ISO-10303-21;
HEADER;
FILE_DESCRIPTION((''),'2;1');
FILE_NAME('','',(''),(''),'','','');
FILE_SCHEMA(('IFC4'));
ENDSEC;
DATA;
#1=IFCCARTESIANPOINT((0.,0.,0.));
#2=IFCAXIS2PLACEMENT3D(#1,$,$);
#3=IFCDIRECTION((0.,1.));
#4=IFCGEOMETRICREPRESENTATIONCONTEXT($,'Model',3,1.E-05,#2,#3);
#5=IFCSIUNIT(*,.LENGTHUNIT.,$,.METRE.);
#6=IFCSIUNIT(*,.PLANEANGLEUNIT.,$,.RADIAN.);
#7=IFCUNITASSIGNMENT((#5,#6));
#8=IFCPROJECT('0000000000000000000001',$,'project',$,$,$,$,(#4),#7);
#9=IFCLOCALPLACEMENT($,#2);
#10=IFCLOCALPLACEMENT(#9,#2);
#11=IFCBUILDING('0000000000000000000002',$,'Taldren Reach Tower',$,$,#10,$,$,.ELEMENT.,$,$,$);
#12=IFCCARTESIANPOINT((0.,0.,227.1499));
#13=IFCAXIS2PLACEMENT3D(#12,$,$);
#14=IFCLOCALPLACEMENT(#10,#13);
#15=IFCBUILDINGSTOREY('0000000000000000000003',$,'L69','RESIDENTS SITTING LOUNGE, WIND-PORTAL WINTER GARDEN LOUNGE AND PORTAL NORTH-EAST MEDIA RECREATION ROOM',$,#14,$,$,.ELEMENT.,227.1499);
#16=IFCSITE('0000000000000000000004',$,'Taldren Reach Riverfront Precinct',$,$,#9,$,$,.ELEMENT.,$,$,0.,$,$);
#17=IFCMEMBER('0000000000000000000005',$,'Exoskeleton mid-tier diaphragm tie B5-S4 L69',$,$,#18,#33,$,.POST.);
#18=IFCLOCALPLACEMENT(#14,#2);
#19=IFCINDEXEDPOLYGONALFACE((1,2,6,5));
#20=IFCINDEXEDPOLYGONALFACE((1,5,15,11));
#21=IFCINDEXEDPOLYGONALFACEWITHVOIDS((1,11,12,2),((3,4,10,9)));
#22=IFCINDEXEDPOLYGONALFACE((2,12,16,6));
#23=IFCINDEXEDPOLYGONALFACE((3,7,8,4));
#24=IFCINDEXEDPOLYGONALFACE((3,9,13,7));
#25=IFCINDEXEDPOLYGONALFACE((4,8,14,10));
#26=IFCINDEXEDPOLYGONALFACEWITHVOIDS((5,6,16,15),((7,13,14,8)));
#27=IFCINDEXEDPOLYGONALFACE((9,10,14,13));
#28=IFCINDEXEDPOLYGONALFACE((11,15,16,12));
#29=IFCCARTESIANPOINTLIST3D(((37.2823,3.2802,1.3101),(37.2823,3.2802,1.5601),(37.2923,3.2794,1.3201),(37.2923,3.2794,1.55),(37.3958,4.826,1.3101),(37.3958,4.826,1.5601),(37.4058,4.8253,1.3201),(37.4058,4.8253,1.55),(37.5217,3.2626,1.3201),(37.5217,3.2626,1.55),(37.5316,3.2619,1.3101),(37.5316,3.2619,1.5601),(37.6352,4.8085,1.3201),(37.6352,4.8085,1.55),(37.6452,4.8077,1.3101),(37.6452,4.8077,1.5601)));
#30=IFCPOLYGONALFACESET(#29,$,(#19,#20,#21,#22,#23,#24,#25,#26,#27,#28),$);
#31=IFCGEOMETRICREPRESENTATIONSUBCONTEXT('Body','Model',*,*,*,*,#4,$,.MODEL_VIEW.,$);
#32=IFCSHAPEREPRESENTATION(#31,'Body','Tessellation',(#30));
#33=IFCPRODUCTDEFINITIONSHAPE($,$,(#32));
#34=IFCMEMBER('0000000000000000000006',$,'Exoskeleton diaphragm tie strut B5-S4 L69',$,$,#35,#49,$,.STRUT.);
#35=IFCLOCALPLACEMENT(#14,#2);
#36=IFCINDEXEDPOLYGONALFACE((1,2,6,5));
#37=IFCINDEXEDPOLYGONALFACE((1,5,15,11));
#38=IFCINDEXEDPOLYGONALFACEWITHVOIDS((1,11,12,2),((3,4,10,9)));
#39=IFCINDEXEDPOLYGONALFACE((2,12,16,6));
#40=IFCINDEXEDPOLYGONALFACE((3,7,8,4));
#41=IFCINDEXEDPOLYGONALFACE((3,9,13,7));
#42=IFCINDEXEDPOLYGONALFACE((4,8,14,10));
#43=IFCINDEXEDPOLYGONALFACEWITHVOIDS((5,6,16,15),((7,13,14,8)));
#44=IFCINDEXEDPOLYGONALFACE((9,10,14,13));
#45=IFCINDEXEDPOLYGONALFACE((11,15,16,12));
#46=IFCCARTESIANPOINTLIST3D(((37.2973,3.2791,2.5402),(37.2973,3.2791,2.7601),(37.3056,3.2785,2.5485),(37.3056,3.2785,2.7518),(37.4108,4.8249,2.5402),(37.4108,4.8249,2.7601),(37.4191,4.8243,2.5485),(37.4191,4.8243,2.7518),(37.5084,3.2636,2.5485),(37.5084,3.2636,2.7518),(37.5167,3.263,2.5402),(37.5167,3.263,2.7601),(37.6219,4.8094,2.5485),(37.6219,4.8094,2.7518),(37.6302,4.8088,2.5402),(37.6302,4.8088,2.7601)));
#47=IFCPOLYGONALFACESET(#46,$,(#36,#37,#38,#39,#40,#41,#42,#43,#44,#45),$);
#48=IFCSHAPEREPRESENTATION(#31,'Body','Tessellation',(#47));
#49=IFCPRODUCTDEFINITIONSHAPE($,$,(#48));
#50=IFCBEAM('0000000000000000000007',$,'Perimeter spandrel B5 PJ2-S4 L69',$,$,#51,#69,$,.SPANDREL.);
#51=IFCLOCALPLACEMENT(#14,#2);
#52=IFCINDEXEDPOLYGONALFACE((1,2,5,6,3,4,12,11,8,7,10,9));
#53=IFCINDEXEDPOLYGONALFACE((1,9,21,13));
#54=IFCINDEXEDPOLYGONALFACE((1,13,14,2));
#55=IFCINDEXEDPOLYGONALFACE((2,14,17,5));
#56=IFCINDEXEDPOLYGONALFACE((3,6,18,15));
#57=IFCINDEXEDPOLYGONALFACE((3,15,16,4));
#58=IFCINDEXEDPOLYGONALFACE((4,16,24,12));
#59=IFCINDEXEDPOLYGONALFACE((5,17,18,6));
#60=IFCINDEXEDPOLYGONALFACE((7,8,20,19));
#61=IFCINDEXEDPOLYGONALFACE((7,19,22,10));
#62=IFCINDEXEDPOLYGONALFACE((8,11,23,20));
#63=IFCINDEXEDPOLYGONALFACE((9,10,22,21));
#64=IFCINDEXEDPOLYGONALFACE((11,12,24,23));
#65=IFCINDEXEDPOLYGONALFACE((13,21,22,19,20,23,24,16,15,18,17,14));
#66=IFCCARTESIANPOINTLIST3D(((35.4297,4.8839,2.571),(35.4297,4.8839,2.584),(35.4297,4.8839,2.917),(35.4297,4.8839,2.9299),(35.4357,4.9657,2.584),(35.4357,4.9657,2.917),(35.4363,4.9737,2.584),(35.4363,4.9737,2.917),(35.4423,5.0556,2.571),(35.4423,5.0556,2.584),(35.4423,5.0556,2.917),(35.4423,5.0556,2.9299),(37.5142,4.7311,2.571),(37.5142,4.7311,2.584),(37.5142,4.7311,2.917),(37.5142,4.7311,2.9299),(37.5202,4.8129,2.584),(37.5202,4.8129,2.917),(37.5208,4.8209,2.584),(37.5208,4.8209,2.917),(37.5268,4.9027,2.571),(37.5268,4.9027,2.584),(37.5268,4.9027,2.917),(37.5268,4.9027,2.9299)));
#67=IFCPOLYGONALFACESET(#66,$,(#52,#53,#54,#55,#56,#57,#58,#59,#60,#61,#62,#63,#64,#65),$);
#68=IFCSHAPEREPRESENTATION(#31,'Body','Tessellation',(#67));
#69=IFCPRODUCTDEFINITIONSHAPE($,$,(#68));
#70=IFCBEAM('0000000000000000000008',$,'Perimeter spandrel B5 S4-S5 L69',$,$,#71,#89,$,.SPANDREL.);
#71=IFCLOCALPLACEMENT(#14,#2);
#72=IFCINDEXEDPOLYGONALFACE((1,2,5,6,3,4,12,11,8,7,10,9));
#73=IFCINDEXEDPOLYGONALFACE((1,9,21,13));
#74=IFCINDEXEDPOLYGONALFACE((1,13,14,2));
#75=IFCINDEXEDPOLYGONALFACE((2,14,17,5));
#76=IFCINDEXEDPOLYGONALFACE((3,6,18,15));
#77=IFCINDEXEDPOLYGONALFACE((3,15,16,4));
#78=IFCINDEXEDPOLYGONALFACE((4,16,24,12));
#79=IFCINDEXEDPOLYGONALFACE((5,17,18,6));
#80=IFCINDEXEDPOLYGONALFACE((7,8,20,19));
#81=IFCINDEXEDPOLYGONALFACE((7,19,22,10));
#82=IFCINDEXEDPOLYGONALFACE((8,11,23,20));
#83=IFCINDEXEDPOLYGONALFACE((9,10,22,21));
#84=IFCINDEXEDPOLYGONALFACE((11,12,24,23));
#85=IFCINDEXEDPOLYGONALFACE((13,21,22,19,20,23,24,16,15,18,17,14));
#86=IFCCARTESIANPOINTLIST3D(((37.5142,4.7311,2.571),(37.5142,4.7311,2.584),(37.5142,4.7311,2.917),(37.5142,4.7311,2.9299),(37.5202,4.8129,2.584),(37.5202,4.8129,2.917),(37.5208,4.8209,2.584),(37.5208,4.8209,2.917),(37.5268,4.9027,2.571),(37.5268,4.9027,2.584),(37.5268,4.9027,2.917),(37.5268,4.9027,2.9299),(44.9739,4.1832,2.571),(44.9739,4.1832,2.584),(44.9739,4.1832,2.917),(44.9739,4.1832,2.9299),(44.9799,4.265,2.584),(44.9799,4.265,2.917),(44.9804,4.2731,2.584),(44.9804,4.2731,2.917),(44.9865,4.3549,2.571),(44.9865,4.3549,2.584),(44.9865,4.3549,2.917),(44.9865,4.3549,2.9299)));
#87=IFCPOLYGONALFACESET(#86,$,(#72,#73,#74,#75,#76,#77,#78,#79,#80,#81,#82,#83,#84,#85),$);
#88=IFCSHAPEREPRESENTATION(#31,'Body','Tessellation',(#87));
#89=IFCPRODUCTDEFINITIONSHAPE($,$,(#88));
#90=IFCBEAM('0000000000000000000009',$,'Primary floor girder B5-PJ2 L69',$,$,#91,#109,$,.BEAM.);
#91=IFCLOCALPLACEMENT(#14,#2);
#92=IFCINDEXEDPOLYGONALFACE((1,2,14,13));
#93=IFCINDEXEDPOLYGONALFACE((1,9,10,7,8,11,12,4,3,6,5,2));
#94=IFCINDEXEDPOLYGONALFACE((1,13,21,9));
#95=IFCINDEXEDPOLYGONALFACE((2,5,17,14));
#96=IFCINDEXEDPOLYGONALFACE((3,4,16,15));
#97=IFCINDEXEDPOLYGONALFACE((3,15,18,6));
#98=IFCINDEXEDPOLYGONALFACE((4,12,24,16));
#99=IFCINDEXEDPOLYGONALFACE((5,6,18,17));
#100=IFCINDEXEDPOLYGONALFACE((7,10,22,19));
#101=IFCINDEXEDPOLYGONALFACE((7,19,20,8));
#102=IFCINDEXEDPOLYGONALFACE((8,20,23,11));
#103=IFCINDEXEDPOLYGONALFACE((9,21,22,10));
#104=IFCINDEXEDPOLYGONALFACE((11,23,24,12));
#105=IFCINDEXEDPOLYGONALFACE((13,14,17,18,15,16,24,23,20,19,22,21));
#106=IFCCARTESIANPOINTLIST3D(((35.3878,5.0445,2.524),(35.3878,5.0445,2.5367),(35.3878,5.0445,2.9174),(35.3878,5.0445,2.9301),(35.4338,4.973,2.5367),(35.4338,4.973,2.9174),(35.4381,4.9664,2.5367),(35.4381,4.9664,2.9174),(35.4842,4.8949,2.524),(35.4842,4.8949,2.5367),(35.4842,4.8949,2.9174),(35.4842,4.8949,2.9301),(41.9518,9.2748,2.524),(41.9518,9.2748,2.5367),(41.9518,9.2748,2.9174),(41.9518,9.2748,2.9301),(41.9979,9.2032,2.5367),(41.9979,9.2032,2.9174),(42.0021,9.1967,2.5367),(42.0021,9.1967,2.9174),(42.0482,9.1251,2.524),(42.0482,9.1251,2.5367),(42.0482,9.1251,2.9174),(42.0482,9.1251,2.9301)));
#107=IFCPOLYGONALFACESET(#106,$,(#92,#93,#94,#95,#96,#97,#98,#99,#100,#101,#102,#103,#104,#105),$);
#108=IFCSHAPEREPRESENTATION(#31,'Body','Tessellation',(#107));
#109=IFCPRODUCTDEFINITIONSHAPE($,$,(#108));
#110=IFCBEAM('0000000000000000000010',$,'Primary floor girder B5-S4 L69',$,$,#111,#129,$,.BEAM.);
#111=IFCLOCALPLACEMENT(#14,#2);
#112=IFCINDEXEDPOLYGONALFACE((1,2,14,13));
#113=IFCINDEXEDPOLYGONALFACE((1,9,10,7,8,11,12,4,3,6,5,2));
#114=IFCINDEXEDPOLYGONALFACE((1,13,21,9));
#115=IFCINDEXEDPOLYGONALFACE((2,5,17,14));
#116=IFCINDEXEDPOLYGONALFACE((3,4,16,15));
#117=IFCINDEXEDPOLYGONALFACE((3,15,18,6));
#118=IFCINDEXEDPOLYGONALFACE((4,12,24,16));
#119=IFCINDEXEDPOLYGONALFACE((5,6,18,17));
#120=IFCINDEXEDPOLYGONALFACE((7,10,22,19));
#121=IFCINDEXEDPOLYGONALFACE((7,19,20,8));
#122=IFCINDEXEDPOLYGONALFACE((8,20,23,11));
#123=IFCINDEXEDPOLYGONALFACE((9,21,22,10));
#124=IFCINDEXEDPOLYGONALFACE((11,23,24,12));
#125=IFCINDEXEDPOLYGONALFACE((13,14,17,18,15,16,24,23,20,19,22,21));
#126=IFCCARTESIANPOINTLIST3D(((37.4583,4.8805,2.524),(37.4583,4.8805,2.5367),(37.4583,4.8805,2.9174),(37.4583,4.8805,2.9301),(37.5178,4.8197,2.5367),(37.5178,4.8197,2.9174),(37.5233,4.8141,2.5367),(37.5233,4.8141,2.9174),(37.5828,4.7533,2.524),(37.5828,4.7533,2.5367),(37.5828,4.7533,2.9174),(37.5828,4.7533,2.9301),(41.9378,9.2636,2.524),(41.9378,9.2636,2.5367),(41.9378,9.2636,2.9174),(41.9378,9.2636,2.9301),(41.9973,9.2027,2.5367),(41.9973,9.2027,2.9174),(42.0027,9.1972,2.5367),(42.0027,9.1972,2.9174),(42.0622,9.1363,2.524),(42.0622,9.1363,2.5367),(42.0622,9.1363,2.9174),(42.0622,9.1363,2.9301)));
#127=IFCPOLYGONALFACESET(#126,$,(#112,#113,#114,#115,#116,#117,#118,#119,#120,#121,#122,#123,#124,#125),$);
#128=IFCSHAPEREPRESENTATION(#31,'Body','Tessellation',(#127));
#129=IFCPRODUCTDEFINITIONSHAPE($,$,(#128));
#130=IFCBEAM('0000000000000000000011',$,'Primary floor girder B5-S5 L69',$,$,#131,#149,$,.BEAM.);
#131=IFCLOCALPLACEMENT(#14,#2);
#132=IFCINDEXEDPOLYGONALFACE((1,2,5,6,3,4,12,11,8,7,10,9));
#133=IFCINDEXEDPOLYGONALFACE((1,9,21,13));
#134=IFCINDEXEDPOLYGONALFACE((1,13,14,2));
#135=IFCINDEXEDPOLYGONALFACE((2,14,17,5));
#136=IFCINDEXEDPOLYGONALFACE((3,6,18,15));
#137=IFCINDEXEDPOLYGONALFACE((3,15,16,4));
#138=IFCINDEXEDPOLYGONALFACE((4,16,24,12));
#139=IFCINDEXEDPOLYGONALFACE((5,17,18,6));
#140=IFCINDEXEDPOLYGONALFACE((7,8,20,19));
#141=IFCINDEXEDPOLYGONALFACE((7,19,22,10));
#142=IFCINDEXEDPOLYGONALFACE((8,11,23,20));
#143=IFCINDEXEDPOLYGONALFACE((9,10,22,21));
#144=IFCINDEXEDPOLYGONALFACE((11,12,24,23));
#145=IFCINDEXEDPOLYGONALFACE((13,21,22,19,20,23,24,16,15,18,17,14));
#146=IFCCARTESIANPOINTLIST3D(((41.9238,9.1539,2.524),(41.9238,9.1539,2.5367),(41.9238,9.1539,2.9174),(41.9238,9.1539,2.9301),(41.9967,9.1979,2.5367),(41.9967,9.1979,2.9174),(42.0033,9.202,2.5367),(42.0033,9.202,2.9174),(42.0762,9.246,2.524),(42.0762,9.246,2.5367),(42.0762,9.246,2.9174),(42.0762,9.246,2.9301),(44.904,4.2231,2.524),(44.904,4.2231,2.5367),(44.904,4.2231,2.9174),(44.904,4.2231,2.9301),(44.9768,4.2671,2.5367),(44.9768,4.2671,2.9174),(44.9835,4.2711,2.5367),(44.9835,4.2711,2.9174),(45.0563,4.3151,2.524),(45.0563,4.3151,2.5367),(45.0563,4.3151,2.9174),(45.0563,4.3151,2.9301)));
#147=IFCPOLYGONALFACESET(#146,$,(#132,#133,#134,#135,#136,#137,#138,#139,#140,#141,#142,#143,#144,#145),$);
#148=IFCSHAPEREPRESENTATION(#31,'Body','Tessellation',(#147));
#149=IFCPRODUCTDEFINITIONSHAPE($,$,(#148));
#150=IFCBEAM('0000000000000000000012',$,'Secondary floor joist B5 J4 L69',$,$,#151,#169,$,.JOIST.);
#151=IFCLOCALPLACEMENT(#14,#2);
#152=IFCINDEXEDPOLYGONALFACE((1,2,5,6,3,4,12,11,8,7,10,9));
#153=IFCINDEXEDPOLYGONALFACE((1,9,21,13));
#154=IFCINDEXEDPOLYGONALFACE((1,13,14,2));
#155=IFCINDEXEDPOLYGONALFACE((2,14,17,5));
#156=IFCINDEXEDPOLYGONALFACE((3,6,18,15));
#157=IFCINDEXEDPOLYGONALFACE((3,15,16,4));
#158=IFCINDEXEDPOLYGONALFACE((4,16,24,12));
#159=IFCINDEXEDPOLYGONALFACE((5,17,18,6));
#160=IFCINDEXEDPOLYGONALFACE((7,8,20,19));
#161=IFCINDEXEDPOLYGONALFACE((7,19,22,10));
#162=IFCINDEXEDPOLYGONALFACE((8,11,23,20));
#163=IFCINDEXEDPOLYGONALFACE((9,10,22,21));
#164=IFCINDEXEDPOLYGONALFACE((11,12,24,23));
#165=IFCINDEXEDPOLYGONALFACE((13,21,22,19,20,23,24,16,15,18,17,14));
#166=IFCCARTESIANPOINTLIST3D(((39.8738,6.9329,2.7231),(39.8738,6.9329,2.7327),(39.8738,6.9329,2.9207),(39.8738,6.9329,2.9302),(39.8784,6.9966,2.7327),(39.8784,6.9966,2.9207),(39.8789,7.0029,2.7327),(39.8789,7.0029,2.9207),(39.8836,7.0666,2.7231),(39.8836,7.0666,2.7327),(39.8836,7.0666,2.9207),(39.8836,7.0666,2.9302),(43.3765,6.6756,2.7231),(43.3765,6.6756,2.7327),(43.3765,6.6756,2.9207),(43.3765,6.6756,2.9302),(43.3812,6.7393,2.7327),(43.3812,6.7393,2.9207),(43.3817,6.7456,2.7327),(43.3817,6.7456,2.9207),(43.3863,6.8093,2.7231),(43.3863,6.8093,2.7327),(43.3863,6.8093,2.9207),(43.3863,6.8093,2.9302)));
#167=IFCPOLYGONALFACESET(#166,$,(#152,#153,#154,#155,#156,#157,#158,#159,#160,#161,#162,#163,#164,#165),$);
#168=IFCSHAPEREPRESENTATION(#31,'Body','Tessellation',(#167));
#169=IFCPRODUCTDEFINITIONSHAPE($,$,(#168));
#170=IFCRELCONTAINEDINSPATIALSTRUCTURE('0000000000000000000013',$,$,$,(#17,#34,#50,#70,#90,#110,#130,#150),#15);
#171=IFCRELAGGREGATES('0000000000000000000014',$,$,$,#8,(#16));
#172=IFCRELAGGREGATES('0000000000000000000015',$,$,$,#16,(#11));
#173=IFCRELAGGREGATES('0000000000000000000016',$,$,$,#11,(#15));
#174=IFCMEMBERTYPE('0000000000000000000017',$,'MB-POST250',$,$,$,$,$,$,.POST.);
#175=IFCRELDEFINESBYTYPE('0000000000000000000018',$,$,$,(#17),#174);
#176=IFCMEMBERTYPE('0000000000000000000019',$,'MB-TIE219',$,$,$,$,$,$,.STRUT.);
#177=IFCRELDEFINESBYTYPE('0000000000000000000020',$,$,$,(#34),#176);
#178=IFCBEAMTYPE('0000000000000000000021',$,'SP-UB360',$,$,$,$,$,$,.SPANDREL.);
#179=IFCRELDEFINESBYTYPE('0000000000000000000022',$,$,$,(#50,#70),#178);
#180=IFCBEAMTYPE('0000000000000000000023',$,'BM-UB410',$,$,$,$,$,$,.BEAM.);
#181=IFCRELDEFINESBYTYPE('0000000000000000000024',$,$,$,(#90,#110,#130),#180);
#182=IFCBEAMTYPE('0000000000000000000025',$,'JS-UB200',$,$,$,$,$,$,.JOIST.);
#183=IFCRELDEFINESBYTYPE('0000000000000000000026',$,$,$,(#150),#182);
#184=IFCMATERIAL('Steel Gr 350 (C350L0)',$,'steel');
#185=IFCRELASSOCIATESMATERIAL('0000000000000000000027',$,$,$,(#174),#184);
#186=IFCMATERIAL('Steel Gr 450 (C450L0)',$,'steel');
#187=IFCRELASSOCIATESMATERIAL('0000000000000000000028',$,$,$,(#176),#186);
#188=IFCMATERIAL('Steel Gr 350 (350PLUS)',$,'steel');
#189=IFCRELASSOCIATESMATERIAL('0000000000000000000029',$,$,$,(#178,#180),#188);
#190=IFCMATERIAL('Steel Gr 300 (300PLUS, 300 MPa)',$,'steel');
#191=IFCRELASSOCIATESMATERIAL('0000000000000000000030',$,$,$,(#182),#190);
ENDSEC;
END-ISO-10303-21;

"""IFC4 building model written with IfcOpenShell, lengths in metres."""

from ifc_helpers import new_model, si_unit, direction, frame, origin, origin_2d, place, context, subcontext, project, spatial, hollow_rectangle, i_section, extrude, source, transform, mapped, material, material_profile, profile_set, type_object, element, save


model = new_model("IFC4")

# Units and contexts
model_context = context("Model", 3, precision=1e-05, world=origin(), true_north=direction((0.0, 1.0)))
body_context = subcontext(model_context, "Body", "Model", "MODEL_VIEW")
ifc_project = project(units=[si_unit("LENGTHUNIT", "METRE"), si_unit("PLANEANGLEUNIT", "RADIAN")], contexts=[model_context])

# Site, building, storey
site_placement = place(None, origin())
site = spatial("IfcSite", under=ifc_project, at=site_placement, Name="Taldren Reach Riverfront Precinct", CompositionType="ELEMENT", RefElevation=0.0)
building_placement = place(site_placement, origin())
building = spatial("IfcBuilding", under=site, at=building_placement, Name="Taldren Reach Tower", CompositionType="ELEMENT")
storey_placement = place(building_placement, frame((0.0, 0.0, 227.1499)))
storey = spatial("IfcBuildingStorey", under=building, at=storey_placement, Name="L69", Description="RESIDENTS SITTING LOUNGE, WIND-PORTAL WINTER GARDEN LOUNGE AND PORTAL NORTH-EAST MEDIA RECREATION ROOM", CompositionType="ELEMENT", Elevation=227.1499)

# Shared definitions
ifc_material_1 = material(Name="Steel Gr 350 (350PLUS)", Category="steel")
ifc_material_2 = material(Name="Steel Gr 450 (C450L0)", Category="steel")
ifc_material_3 = material(Name="Steel Gr 350 (C350L0)", Category="steel")

# Members
ifc_material_profile_1 = material_profile(ifc_material_3, hollow_rectangle(XDim=0.25, YDim=0.25, WallThickness=0.01, at=origin_2d()), Name="250x250x10.0SHS")
ifc_profile_set_1 = profile_set([ifc_material_profile_1], Name="Steel Gr 350 (C350L0)")
member_type_1 = type_object("IfcMemberType", Name="MB-POST250", PredefinedType="POST", material=ifc_profile_set_1)
shared_shape_1 = source(origin(), body_context, "Body", "SweptSolid", [
    extrude(hollow_rectangle(XDim=0.25, YDim=0.25, WallThickness=0.01, at=origin_2d()), origin(), (0.0, 0.0, 1.0), 1.55),
])
for number, where, z_axis, x_axis, name in (
    (1, (37.5205, 4.8169, 1.4351), (-0.073239, -0.997314, 0.0), (0.997314, -0.073239, 0.0), "Exoskeleton mid-tier diaphragm tie B5-S4 L69"),
):
    element("IfcMember", number, at=place(storey_placement, frame(where, z_axis=z_axis, x_axis=x_axis)), inside=storey, type_object=member_type_1, Name=name, PredefinedType="POST", context=body_context, shape_type="MappedRepresentation", body=[
        mapped(shared_shape_1, transform((0.0, 0.0, 0.0), scale=1.0)),
    ])
ifc_material_profile_2 = material_profile(ifc_material_2, hollow_rectangle(XDim=0.22, YDim=0.22, WallThickness=0.0083, at=origin_2d()), Name="220x220x8.2SHS")
ifc_profile_set_2 = profile_set([ifc_material_profile_2], Name="Steel Gr 450 (C450L0)")
member_type_2 = type_object("IfcMemberType", Name="MB-TIE219", PredefinedType="STRUT", material=ifc_profile_set_2)
shared_shape_2 = source(origin(), body_context, "Body", "SweptSolid", [
    extrude(hollow_rectangle(XDim=0.22, YDim=0.22, WallThickness=0.0083, at=origin_2d()), origin(), (0.0, 0.0, 1.0), 1.55),
])
member_1_placement = place(storey_placement, frame((37.5205, 4.8169, 2.6501), z_axis=(-0.073239, -0.997314, 0.0), x_axis=(0.997314, -0.073239, 0.0)))
element("IfcMember", 2, at=member_1_placement, inside=storey, type_object=member_type_2, Name="Exoskeleton diaphragm tie strut B5-S4 L69", PredefinedType="STRUT", context=body_context, shape_type="MappedRepresentation", body=[
    mapped(shared_shape_2, transform((0.0, 0.0, 0.0), scale=1.0)),
])

# Beams
ifc_material_profile_3 = material_profile(ifc_material_1, i_section(OverallWidth=0.1721, OverallDepth=0.3589, WebThickness=0.0081, FlangeThickness=0.0129, at=origin_2d()), Name="360UB56.7")
ifc_profile_set_3 = profile_set([ifc_material_profile_3], Name="Steel Gr 350 (350PLUS)")
beam_type_1 = type_object("IfcBeamType", Name="SP-UB360", PredefinedType="SPANDREL", material=ifc_profile_set_3)
shared_shape_3 = source(origin(), body_context, "Body", "SweptSolid", [
    extrude(i_section(OverallWidth=0.1721, OverallDepth=0.3589, WebThickness=0.0081, FlangeThickness=0.0129, at=origin_2d()), origin(), (0.0, 0.0, 1.0), 2.0901),
])
beam_1_placement = place(storey_placement, frame((35.436, 4.9697, 2.7505), z_axis=(0.997323, -0.073123, 0.0), x_axis=(0.073123, 0.997323, 0.0)))
element("IfcBeam", 3, at=beam_1_placement, inside=storey, type_object=beam_type_1, Name="Perimeter spandrel B5 PJ2-S4 L69", PredefinedType="SPANDREL", context=body_context, shape_type="MappedRepresentation", body=[
    mapped(shared_shape_3, transform((0.0, 0.0, 0.0), scale=1.0)),
])
shared_shape_4 = source(origin(), body_context, "Body", "SweptSolid", [
    extrude(i_section(OverallWidth=0.1721, OverallDepth=0.3589, WebThickness=0.0081, FlangeThickness=0.0129, at=origin_2d()), origin(), (0.0, 0.0, 1.0), 7.4797),
])
beam_2_placement = place(storey_placement, frame((37.5205, 4.8169, 2.7505), z_axis=(0.997314, -0.073244, 0.0), x_axis=(0.073244, 0.997314, 0.0)))
element("IfcBeam", 4, at=beam_2_placement, inside=storey, type_object=beam_type_1, Name="Perimeter spandrel B5 S4-S5 L69", PredefinedType="SPANDREL", context=body_context, shape_type="MappedRepresentation", body=[
    mapped(shared_shape_4, transform((0.0, 0.0, 0.0), scale=1.0)),
])
ifc_material_profile_4 = material_profile(ifc_material_1, i_section(OverallWidth=0.178, OverallDepth=0.406, WebThickness=0.0078, FlangeThickness=0.0127, at=origin_2d()), Name="410UB59.7")
ifc_profile_set_4 = profile_set([ifc_material_profile_4], Name="Steel Gr 350 (350PLUS)")
beam_type_2 = type_object("IfcBeamType", Name="BM-UB410", PredefinedType="BEAM", material=ifc_profile_set_4)
shared_shape_5 = source(origin(), body_context, "Body", "SweptSolid", [
    extrude(i_section(OverallWidth=0.178, OverallDepth=0.406, WebThickness=0.0078, FlangeThickness=0.0127, at=origin_2d()), origin(), (0.0, 0.0, 1.0), 7.8091),
])
beam_3_placement = place(storey_placement, frame((42.0, 9.2, 2.7271), z_axis=(-0.840564, -0.541712, 0.0), x_axis=(0.541712, -0.840564, 0.0)))
element("IfcBeam", 5, at=beam_3_placement, inside=storey, type_object=beam_type_2, Name="Primary floor girder B5-PJ2 L69", PredefinedType="BEAM", context=body_context, shape_type="MappedRepresentation", body=[
    mapped(shared_shape_5, transform((0.0, 0.0, 0.0), scale=1.0)),
])
shared_shape_6 = source(origin(), body_context, "Body", "SweptSolid", [
    extrude(i_section(OverallWidth=0.178, OverallDepth=0.406, WebThickness=0.0078, FlangeThickness=0.0127, at=origin_2d()), origin(), (0.0, 0.0, 1.0), 6.2671),
])
beam_4_placement = place(storey_placement, frame((42.0, 9.2, 2.7271), z_axis=(-0.714759, -0.699371, 0.0), x_axis=(0.699371, -0.714759, 0.0)))
element("IfcBeam", 6, at=beam_4_placement, inside=storey, type_object=beam_type_2, Name="Primary floor girder B5-S4 L69", PredefinedType="BEAM", context=body_context, shape_type="MappedRepresentation", body=[
    mapped(shared_shape_6, transform((0.0, 0.0, 0.0), scale=1.0)),
])
shared_shape_7 = source(origin(), body_context, "Body", "SweptSolid", [
    extrude(i_section(OverallWidth=0.178, OverallDepth=0.406, WebThickness=0.0078, FlangeThickness=0.0127, at=origin_2d()), origin(), (0.0, 0.0, 1.0), 5.7615),
])
beam_5_placement = place(storey_placement, frame((42.0, 9.2, 2.7271), z_axis=(0.51726, -0.855828, 0.0), x_axis=(0.855828, 0.51726, 0.0)))
element("IfcBeam", 7, at=beam_5_placement, inside=storey, type_object=beam_type_2, Name="Primary floor girder B5-S5 L69", PredefinedType="BEAM", context=body_context, shape_type="MappedRepresentation", body=[
    mapped(shared_shape_7, transform((0.0, 0.0, 0.0), scale=1.0)),
])
ifc_material_4 = material(Name="Steel Gr 300 (300PLUS, 300 MPa)", Category="steel")
ifc_material_profile_5 = material_profile(ifc_material_4, i_section(OverallWidth=0.134, OverallDepth=0.207, WebThickness=0.0063, FlangeThickness=0.0095, at=origin_2d()), Name="200UB29.8")
ifc_profile_set_5 = profile_set([ifc_material_profile_5], Name="Steel Gr 300 (300PLUS, 300 MPa)")
beam_type_3 = type_object("IfcBeamType", Name="JS-UB200", PredefinedType="JOIST", material=ifc_profile_set_5)
shared_shape_8 = source(origin(), body_context, "Body", "SweptSolid", [
    extrude(i_section(OverallWidth=0.134, OverallDepth=0.207, WebThickness=0.0063, FlangeThickness=0.0095, at=origin_2d()), origin(), (0.0, 0.0, 1.0), 3.5122),
])
beam_6_placement = place(storey_placement, frame((39.8787, 6.9998, 2.8267), z_axis=(0.997312, -0.073267, 0.0), x_axis=(0.073267, 0.997312, 0.0)))
element("IfcBeam", 8, at=beam_6_placement, inside=storey, type_object=beam_type_3, Name="Secondary floor joist B5 J4 L69", PredefinedType="JOIST", context=body_context, shape_type="MappedRepresentation", body=[
    mapped(shared_shape_8, transform((0.0, 0.0, 0.0), scale=1.0)),
])

save(model, "model.ifc")
